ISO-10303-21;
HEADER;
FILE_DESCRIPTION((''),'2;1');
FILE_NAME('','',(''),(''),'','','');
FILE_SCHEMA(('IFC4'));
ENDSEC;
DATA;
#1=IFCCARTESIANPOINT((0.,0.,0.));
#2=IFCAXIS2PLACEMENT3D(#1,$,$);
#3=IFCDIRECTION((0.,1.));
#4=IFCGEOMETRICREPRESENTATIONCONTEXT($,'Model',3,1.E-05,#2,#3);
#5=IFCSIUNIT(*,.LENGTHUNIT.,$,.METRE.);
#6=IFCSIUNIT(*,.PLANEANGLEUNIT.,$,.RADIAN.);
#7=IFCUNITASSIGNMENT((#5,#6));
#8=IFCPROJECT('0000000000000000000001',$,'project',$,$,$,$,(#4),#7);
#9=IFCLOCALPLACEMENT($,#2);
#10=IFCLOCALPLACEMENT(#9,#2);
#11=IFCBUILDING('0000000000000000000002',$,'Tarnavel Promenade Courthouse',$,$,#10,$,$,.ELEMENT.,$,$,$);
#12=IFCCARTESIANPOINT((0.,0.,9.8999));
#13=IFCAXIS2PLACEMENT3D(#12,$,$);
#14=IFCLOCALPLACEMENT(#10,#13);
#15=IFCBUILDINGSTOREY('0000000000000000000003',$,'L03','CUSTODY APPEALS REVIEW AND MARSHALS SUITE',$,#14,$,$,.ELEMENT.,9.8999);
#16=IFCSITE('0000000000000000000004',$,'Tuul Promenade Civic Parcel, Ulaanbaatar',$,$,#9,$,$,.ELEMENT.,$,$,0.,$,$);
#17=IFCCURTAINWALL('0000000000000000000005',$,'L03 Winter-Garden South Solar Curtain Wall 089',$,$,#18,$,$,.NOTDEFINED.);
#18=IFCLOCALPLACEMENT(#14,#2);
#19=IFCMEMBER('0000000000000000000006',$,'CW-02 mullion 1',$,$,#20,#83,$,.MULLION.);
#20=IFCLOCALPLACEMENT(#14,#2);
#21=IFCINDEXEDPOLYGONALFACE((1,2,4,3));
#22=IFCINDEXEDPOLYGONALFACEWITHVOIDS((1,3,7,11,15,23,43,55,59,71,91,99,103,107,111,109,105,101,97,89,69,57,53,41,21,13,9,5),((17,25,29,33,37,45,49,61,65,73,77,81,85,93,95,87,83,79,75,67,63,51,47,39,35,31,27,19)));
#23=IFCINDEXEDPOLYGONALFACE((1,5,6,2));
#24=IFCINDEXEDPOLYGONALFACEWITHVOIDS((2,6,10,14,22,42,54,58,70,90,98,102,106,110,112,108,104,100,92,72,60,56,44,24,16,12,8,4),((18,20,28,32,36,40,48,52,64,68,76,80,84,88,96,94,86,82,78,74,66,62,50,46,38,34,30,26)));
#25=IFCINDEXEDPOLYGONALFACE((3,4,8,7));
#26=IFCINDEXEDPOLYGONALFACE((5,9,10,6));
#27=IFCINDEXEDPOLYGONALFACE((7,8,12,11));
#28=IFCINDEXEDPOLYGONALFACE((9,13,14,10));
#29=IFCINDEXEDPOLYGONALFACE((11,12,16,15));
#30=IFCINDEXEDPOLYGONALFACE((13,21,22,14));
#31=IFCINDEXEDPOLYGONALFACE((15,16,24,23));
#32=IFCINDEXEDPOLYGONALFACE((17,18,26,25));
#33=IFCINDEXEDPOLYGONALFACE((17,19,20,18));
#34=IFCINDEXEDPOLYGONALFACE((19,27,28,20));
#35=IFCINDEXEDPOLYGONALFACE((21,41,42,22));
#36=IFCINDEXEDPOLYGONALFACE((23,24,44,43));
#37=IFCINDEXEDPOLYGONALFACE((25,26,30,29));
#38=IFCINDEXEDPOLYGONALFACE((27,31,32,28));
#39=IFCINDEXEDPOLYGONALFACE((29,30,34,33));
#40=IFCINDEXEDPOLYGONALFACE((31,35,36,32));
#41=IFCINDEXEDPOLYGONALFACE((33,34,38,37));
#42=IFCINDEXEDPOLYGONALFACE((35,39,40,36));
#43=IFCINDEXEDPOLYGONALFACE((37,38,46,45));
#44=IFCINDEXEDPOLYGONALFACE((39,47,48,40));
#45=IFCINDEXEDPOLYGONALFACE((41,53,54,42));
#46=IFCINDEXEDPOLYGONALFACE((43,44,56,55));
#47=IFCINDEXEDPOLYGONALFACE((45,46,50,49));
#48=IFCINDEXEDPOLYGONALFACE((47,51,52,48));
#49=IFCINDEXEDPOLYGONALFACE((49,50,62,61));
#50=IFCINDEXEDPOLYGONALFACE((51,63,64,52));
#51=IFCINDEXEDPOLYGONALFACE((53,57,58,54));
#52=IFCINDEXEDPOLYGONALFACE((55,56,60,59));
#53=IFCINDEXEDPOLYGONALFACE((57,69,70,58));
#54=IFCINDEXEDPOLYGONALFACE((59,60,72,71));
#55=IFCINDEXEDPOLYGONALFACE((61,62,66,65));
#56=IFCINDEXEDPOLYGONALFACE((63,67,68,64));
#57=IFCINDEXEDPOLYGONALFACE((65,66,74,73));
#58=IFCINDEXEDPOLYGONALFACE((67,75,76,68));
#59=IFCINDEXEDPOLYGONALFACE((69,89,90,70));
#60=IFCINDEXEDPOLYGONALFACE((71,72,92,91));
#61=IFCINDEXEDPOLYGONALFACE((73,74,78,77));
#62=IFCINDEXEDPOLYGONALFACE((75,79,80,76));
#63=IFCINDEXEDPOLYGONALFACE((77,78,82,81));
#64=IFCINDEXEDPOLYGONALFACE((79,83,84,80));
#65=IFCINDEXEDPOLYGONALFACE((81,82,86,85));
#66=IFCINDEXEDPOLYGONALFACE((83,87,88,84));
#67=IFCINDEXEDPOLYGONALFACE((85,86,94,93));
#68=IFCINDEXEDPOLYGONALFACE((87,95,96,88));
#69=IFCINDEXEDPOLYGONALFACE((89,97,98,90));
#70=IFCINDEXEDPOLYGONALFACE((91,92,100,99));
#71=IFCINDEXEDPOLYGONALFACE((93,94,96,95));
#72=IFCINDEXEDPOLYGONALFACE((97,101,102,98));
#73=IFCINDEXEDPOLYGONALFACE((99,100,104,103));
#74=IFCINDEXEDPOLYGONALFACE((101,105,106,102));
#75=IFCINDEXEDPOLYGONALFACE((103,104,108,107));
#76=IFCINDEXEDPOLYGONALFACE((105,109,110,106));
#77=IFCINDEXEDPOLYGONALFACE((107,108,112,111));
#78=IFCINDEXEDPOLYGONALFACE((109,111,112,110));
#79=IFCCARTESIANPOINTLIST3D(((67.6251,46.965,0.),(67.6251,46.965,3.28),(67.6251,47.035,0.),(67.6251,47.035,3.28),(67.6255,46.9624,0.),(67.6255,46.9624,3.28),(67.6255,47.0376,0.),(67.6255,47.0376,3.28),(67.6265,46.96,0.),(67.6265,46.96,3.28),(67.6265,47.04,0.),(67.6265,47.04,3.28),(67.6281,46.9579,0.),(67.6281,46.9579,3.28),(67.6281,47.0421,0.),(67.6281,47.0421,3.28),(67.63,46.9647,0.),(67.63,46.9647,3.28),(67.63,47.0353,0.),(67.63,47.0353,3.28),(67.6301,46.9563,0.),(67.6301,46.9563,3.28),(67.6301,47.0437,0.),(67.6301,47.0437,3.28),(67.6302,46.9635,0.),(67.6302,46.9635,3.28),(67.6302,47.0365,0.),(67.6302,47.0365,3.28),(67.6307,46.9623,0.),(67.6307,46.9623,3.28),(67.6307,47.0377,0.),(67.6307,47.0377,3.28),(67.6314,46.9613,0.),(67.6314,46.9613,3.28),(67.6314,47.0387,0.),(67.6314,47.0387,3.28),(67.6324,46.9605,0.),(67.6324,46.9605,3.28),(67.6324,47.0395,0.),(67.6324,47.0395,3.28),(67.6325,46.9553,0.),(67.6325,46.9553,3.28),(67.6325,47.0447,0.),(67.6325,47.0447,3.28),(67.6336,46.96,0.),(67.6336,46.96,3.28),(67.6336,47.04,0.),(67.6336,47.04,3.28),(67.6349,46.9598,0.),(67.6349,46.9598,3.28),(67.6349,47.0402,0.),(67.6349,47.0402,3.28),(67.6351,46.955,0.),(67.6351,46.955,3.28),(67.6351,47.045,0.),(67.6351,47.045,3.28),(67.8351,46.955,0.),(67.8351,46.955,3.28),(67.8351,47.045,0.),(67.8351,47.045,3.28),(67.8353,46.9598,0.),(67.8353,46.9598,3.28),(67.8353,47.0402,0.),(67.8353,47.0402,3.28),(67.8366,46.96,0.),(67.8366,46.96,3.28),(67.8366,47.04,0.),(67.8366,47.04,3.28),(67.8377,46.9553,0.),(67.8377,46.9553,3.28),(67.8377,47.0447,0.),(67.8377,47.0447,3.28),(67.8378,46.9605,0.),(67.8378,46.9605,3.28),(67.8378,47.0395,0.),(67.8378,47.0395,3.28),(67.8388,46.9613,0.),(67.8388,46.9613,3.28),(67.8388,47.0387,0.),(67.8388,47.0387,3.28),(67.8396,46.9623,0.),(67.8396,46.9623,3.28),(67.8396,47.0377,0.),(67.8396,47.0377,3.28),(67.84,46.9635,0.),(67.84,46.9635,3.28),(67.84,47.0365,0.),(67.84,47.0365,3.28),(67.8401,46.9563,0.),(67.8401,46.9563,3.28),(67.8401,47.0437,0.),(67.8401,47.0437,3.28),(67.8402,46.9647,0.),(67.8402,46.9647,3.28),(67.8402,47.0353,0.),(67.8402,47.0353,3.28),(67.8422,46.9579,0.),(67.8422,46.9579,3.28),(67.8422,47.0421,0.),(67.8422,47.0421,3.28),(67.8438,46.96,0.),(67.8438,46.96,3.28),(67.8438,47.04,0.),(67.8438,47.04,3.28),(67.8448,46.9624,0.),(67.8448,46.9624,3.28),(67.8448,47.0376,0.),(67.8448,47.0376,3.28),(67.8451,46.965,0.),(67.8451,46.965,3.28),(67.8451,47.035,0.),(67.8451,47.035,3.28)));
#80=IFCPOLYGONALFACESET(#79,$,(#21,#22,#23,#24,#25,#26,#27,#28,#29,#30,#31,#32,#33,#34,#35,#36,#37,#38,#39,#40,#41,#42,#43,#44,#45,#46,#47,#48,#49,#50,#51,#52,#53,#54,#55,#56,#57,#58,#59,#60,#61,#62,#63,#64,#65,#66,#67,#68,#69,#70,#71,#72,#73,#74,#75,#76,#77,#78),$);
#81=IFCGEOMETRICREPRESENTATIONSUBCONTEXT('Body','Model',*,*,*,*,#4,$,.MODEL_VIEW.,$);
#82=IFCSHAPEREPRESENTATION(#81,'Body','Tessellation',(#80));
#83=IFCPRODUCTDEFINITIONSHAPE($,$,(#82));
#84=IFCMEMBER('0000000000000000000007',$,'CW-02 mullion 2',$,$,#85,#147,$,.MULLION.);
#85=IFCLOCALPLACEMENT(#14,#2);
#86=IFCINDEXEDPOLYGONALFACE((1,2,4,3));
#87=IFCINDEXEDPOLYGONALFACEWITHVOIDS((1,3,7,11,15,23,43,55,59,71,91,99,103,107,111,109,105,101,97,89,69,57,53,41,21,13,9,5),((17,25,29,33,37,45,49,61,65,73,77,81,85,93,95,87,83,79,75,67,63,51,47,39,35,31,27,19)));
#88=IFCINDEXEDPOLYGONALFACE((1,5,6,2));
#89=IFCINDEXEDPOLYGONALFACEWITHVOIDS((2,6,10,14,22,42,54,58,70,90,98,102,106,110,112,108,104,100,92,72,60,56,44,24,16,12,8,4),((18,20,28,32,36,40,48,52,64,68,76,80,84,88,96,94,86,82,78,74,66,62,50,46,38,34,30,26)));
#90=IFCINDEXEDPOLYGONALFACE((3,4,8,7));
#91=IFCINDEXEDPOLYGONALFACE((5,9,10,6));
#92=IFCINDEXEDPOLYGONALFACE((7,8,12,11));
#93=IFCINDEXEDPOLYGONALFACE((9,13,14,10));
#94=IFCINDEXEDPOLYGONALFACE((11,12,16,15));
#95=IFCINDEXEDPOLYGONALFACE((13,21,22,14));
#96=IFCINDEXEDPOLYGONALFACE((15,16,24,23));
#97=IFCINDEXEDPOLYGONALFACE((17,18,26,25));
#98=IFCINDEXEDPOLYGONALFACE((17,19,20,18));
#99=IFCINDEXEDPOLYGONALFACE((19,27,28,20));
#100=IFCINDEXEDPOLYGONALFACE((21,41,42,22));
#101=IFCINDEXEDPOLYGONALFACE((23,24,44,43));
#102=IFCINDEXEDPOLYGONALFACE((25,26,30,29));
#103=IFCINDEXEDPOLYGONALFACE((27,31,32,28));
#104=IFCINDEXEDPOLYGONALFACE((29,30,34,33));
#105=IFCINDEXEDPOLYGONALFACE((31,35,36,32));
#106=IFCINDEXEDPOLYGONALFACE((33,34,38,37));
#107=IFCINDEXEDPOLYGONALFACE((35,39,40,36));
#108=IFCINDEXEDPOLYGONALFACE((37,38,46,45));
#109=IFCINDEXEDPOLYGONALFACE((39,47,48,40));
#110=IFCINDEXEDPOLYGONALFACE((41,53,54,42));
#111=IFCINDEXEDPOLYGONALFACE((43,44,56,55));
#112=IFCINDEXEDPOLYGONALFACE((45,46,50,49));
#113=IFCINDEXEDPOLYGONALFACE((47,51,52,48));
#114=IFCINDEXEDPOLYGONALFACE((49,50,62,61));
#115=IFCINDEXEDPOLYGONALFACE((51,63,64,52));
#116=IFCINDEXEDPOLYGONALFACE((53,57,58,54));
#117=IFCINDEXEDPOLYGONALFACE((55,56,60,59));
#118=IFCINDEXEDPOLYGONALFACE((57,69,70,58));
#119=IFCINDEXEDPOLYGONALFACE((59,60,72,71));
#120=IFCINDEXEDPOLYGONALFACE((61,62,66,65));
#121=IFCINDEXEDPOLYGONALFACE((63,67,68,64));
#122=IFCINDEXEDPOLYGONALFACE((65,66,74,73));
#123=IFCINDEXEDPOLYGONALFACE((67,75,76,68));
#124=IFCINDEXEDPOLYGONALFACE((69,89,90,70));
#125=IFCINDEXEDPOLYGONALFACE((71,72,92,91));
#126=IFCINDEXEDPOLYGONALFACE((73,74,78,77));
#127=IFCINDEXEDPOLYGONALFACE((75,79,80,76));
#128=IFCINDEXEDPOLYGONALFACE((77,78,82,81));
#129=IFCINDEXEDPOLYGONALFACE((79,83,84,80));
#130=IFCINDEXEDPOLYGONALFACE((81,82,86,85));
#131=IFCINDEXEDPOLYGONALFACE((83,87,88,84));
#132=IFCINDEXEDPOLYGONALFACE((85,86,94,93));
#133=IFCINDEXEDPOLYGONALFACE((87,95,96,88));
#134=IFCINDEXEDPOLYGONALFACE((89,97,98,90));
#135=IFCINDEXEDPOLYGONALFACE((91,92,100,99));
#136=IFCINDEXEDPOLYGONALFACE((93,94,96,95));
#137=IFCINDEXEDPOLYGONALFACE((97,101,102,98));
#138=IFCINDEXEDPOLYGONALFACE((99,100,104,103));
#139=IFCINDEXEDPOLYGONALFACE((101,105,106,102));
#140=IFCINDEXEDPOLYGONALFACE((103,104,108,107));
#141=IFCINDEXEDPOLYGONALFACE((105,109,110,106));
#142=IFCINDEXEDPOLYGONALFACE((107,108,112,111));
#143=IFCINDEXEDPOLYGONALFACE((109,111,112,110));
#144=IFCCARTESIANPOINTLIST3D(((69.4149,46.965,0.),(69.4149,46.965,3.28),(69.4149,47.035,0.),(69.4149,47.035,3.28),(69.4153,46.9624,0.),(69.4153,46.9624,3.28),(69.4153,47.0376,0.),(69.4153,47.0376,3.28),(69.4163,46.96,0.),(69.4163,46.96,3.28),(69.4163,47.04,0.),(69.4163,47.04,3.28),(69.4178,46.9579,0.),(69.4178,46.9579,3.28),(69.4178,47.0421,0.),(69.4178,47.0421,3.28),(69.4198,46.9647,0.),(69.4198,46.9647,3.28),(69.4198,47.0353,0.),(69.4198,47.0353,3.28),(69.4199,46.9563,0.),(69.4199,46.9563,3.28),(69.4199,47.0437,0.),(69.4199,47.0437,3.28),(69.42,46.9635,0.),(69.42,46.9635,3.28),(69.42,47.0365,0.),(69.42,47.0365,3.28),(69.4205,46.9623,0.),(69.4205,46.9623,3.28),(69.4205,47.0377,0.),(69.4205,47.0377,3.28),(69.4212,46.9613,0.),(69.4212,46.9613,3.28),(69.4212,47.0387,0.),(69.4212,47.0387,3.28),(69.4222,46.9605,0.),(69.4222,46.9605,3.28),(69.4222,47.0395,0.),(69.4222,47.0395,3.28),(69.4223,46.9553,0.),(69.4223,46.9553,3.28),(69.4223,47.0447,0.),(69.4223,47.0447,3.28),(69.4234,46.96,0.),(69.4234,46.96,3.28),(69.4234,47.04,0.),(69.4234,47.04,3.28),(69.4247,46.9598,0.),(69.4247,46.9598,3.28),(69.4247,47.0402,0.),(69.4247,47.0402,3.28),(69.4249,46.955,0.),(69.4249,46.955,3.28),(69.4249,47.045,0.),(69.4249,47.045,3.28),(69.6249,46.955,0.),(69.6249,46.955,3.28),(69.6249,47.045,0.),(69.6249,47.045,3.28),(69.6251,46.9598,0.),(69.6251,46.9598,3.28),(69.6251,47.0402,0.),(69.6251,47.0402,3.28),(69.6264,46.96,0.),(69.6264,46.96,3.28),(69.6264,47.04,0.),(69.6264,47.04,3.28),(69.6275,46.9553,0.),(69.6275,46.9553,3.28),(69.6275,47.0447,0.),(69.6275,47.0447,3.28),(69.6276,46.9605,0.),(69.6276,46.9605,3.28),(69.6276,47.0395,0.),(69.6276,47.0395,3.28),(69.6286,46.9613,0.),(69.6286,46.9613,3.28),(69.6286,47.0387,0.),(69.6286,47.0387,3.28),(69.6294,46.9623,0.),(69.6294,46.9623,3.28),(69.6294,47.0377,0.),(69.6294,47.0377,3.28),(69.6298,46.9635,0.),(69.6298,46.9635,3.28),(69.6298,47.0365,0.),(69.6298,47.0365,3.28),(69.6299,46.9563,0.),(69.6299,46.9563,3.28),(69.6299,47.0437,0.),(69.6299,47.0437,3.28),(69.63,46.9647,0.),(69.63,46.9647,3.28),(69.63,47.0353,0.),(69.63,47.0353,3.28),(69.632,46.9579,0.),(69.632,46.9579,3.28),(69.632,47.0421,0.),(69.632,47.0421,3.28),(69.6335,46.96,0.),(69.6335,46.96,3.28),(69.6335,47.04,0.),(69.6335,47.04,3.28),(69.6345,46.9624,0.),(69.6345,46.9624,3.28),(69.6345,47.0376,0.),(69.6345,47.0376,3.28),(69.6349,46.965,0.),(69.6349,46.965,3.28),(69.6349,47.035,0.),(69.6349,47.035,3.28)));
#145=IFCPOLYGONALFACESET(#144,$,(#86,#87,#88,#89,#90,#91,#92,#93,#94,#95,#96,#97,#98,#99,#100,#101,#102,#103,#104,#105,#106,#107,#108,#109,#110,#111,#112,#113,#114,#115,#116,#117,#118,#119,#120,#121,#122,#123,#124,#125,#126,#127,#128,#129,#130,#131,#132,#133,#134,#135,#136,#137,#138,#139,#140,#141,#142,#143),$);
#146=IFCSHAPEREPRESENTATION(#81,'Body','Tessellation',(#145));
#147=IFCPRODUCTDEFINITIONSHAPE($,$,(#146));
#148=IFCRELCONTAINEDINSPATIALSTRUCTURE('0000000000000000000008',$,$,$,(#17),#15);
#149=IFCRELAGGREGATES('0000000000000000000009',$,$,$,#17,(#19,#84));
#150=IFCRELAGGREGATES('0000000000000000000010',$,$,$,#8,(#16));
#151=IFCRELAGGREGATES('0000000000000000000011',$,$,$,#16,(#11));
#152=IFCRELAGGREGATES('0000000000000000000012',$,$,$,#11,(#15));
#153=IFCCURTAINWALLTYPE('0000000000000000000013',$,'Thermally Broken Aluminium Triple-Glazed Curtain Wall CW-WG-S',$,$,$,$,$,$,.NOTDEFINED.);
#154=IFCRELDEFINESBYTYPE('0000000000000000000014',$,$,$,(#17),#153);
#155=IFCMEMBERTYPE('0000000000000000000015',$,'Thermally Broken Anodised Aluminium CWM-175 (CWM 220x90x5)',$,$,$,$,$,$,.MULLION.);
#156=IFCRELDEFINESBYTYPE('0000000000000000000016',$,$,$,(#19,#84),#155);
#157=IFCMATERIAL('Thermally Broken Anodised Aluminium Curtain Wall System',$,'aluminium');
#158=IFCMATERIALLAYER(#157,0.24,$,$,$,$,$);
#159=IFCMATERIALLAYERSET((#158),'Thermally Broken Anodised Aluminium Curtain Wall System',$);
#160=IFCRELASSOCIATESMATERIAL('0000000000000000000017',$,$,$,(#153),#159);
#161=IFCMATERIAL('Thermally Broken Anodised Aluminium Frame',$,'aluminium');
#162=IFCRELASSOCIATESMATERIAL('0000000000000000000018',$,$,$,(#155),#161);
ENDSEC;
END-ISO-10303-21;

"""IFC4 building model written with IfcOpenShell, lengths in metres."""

from ifc_helpers import new_model, si_unit, direction, frame, origin, origin_2d, place, context, subcontext, project, spatial, hollow_rectangle, extrude, material, layer, layer_set, material_profile, profile_set, type_object, element, aggregate, save


model = new_model("IFC4")

# Units and contexts
model_context = context("Model", 3, precision=1e-05, world=origin(), true_north=direction((0.0, 1.0)))
body_context = subcontext(model_context, "Body", "Model", "MODEL_VIEW")
ifc_project = project(units=[si_unit("LENGTHUNIT", "METRE"), si_unit("PLANEANGLEUNIT", "RADIAN")], contexts=[model_context])

# Site, building, storey
site_placement = place(None, origin())
site = spatial("IfcSite", under=ifc_project, at=site_placement, Name="Tuul Promenade Civic Parcel, Ulaanbaatar", CompositionType="ELEMENT", RefElevation=0.0)
building_placement = place(site_placement, origin())
building = spatial("IfcBuilding", under=site, at=building_placement, Name="Tarnavel Promenade Courthouse", CompositionType="ELEMENT")
storey_placement = place(building_placement, frame((0.0, 0.0, 9.8999)))
storey = spatial("IfcBuildingStorey", under=building, at=storey_placement, Name="L03", Description="CUSTODY APPEALS REVIEW AND MARSHALS SUITE", CompositionType="ELEMENT", Elevation=9.8999)

# Curtain wall, members
ifc_material_1 = material(Name="Thermally Broken Anodised Aluminium Curtain Wall System", Category="aluminium")
ifc_layer_1 = layer(ifc_material_1, 0.24)
ifc_layer_set_1 = layer_set([ifc_layer_1], Name="Thermally Broken Anodised Aluminium Curtain Wall System")
curtain_wall_type = type_object("IfcCurtainWallType", Name="Thermally Broken Aluminium Triple-Glazed Curtain Wall CW-WG-S", PredefinedType="NOTDEFINED", material=ifc_layer_set_1)
ifc_material_2 = material(Name="Thermally Broken Anodised Aluminium Frame", Category="aluminium")
ifc_material_profile_1 = material_profile(ifc_material_2, hollow_rectangle(XDim=0.0901, YDim=0.22, WallThickness=0.0049, InnerFilletRadius=0.0049, OuterFilletRadius=0.01, at=origin_2d()), Name="CWM 220x90x5")
ifc_profile_set_1 = profile_set([ifc_material_profile_1], Name="Thermally Broken Anodised Aluminium Frame")
member_type_1 = type_object("IfcMemberType", Name="Thermally Broken Anodised Aluminium CWM-175 (CWM 220x90x5)", PredefinedType="MULLION", material=ifc_profile_set_1)
curtain_wall_1_placement = place(storey_placement, origin())
curtain_wall_1 = element("IfcCurtainWall", 1, at=curtain_wall_1_placement, inside=storey, type_object=curtain_wall_type, Name="L03 Winter-Garden South Solar Curtain Wall 089", PredefinedType="NOTDEFINED")
member_1_placement = place(storey_placement, frame((67.7351, 47.0, 0.0), z_axis=(0.0, 0.0, 1.0), x_axis=(0.0, 1.0, 0.0)))
member_1 = element("IfcMember", 2, at=member_1_placement, type_object=member_type_1, Name="CW-02 mullion 1", PredefinedType="MULLION", context=body_context, shape_type="SweptSolid", body=[
    extrude(hollow_rectangle(XDim=0.0901, YDim=0.22, WallThickness=0.0049, InnerFilletRadius=0.0049, OuterFilletRadius=0.01, at=origin_2d()), origin(), (0.0, 0.0, 1.0), 3.28),
])
member_2_placement = place(storey_placement, frame((69.5249, 47.0, 0.0), z_axis=(0.0, 0.0, 1.0), x_axis=(0.0, 1.0, 0.0)))
member_2 = element("IfcMember", 3, at=member_2_placement, type_object=member_type_1, Name="CW-02 mullion 2", PredefinedType="MULLION", context=body_context, shape_type="SweptSolid", body=[
    extrude(hollow_rectangle(XDim=0.0901, YDim=0.22, WallThickness=0.0049, InnerFilletRadius=0.0049, OuterFilletRadius=0.01, at=origin_2d()), origin(), (0.0, 0.0, 1.0), 3.28),
])

aggregate(curtain_wall_1, [member_1, member_2])

save(model, "model.ifc")
